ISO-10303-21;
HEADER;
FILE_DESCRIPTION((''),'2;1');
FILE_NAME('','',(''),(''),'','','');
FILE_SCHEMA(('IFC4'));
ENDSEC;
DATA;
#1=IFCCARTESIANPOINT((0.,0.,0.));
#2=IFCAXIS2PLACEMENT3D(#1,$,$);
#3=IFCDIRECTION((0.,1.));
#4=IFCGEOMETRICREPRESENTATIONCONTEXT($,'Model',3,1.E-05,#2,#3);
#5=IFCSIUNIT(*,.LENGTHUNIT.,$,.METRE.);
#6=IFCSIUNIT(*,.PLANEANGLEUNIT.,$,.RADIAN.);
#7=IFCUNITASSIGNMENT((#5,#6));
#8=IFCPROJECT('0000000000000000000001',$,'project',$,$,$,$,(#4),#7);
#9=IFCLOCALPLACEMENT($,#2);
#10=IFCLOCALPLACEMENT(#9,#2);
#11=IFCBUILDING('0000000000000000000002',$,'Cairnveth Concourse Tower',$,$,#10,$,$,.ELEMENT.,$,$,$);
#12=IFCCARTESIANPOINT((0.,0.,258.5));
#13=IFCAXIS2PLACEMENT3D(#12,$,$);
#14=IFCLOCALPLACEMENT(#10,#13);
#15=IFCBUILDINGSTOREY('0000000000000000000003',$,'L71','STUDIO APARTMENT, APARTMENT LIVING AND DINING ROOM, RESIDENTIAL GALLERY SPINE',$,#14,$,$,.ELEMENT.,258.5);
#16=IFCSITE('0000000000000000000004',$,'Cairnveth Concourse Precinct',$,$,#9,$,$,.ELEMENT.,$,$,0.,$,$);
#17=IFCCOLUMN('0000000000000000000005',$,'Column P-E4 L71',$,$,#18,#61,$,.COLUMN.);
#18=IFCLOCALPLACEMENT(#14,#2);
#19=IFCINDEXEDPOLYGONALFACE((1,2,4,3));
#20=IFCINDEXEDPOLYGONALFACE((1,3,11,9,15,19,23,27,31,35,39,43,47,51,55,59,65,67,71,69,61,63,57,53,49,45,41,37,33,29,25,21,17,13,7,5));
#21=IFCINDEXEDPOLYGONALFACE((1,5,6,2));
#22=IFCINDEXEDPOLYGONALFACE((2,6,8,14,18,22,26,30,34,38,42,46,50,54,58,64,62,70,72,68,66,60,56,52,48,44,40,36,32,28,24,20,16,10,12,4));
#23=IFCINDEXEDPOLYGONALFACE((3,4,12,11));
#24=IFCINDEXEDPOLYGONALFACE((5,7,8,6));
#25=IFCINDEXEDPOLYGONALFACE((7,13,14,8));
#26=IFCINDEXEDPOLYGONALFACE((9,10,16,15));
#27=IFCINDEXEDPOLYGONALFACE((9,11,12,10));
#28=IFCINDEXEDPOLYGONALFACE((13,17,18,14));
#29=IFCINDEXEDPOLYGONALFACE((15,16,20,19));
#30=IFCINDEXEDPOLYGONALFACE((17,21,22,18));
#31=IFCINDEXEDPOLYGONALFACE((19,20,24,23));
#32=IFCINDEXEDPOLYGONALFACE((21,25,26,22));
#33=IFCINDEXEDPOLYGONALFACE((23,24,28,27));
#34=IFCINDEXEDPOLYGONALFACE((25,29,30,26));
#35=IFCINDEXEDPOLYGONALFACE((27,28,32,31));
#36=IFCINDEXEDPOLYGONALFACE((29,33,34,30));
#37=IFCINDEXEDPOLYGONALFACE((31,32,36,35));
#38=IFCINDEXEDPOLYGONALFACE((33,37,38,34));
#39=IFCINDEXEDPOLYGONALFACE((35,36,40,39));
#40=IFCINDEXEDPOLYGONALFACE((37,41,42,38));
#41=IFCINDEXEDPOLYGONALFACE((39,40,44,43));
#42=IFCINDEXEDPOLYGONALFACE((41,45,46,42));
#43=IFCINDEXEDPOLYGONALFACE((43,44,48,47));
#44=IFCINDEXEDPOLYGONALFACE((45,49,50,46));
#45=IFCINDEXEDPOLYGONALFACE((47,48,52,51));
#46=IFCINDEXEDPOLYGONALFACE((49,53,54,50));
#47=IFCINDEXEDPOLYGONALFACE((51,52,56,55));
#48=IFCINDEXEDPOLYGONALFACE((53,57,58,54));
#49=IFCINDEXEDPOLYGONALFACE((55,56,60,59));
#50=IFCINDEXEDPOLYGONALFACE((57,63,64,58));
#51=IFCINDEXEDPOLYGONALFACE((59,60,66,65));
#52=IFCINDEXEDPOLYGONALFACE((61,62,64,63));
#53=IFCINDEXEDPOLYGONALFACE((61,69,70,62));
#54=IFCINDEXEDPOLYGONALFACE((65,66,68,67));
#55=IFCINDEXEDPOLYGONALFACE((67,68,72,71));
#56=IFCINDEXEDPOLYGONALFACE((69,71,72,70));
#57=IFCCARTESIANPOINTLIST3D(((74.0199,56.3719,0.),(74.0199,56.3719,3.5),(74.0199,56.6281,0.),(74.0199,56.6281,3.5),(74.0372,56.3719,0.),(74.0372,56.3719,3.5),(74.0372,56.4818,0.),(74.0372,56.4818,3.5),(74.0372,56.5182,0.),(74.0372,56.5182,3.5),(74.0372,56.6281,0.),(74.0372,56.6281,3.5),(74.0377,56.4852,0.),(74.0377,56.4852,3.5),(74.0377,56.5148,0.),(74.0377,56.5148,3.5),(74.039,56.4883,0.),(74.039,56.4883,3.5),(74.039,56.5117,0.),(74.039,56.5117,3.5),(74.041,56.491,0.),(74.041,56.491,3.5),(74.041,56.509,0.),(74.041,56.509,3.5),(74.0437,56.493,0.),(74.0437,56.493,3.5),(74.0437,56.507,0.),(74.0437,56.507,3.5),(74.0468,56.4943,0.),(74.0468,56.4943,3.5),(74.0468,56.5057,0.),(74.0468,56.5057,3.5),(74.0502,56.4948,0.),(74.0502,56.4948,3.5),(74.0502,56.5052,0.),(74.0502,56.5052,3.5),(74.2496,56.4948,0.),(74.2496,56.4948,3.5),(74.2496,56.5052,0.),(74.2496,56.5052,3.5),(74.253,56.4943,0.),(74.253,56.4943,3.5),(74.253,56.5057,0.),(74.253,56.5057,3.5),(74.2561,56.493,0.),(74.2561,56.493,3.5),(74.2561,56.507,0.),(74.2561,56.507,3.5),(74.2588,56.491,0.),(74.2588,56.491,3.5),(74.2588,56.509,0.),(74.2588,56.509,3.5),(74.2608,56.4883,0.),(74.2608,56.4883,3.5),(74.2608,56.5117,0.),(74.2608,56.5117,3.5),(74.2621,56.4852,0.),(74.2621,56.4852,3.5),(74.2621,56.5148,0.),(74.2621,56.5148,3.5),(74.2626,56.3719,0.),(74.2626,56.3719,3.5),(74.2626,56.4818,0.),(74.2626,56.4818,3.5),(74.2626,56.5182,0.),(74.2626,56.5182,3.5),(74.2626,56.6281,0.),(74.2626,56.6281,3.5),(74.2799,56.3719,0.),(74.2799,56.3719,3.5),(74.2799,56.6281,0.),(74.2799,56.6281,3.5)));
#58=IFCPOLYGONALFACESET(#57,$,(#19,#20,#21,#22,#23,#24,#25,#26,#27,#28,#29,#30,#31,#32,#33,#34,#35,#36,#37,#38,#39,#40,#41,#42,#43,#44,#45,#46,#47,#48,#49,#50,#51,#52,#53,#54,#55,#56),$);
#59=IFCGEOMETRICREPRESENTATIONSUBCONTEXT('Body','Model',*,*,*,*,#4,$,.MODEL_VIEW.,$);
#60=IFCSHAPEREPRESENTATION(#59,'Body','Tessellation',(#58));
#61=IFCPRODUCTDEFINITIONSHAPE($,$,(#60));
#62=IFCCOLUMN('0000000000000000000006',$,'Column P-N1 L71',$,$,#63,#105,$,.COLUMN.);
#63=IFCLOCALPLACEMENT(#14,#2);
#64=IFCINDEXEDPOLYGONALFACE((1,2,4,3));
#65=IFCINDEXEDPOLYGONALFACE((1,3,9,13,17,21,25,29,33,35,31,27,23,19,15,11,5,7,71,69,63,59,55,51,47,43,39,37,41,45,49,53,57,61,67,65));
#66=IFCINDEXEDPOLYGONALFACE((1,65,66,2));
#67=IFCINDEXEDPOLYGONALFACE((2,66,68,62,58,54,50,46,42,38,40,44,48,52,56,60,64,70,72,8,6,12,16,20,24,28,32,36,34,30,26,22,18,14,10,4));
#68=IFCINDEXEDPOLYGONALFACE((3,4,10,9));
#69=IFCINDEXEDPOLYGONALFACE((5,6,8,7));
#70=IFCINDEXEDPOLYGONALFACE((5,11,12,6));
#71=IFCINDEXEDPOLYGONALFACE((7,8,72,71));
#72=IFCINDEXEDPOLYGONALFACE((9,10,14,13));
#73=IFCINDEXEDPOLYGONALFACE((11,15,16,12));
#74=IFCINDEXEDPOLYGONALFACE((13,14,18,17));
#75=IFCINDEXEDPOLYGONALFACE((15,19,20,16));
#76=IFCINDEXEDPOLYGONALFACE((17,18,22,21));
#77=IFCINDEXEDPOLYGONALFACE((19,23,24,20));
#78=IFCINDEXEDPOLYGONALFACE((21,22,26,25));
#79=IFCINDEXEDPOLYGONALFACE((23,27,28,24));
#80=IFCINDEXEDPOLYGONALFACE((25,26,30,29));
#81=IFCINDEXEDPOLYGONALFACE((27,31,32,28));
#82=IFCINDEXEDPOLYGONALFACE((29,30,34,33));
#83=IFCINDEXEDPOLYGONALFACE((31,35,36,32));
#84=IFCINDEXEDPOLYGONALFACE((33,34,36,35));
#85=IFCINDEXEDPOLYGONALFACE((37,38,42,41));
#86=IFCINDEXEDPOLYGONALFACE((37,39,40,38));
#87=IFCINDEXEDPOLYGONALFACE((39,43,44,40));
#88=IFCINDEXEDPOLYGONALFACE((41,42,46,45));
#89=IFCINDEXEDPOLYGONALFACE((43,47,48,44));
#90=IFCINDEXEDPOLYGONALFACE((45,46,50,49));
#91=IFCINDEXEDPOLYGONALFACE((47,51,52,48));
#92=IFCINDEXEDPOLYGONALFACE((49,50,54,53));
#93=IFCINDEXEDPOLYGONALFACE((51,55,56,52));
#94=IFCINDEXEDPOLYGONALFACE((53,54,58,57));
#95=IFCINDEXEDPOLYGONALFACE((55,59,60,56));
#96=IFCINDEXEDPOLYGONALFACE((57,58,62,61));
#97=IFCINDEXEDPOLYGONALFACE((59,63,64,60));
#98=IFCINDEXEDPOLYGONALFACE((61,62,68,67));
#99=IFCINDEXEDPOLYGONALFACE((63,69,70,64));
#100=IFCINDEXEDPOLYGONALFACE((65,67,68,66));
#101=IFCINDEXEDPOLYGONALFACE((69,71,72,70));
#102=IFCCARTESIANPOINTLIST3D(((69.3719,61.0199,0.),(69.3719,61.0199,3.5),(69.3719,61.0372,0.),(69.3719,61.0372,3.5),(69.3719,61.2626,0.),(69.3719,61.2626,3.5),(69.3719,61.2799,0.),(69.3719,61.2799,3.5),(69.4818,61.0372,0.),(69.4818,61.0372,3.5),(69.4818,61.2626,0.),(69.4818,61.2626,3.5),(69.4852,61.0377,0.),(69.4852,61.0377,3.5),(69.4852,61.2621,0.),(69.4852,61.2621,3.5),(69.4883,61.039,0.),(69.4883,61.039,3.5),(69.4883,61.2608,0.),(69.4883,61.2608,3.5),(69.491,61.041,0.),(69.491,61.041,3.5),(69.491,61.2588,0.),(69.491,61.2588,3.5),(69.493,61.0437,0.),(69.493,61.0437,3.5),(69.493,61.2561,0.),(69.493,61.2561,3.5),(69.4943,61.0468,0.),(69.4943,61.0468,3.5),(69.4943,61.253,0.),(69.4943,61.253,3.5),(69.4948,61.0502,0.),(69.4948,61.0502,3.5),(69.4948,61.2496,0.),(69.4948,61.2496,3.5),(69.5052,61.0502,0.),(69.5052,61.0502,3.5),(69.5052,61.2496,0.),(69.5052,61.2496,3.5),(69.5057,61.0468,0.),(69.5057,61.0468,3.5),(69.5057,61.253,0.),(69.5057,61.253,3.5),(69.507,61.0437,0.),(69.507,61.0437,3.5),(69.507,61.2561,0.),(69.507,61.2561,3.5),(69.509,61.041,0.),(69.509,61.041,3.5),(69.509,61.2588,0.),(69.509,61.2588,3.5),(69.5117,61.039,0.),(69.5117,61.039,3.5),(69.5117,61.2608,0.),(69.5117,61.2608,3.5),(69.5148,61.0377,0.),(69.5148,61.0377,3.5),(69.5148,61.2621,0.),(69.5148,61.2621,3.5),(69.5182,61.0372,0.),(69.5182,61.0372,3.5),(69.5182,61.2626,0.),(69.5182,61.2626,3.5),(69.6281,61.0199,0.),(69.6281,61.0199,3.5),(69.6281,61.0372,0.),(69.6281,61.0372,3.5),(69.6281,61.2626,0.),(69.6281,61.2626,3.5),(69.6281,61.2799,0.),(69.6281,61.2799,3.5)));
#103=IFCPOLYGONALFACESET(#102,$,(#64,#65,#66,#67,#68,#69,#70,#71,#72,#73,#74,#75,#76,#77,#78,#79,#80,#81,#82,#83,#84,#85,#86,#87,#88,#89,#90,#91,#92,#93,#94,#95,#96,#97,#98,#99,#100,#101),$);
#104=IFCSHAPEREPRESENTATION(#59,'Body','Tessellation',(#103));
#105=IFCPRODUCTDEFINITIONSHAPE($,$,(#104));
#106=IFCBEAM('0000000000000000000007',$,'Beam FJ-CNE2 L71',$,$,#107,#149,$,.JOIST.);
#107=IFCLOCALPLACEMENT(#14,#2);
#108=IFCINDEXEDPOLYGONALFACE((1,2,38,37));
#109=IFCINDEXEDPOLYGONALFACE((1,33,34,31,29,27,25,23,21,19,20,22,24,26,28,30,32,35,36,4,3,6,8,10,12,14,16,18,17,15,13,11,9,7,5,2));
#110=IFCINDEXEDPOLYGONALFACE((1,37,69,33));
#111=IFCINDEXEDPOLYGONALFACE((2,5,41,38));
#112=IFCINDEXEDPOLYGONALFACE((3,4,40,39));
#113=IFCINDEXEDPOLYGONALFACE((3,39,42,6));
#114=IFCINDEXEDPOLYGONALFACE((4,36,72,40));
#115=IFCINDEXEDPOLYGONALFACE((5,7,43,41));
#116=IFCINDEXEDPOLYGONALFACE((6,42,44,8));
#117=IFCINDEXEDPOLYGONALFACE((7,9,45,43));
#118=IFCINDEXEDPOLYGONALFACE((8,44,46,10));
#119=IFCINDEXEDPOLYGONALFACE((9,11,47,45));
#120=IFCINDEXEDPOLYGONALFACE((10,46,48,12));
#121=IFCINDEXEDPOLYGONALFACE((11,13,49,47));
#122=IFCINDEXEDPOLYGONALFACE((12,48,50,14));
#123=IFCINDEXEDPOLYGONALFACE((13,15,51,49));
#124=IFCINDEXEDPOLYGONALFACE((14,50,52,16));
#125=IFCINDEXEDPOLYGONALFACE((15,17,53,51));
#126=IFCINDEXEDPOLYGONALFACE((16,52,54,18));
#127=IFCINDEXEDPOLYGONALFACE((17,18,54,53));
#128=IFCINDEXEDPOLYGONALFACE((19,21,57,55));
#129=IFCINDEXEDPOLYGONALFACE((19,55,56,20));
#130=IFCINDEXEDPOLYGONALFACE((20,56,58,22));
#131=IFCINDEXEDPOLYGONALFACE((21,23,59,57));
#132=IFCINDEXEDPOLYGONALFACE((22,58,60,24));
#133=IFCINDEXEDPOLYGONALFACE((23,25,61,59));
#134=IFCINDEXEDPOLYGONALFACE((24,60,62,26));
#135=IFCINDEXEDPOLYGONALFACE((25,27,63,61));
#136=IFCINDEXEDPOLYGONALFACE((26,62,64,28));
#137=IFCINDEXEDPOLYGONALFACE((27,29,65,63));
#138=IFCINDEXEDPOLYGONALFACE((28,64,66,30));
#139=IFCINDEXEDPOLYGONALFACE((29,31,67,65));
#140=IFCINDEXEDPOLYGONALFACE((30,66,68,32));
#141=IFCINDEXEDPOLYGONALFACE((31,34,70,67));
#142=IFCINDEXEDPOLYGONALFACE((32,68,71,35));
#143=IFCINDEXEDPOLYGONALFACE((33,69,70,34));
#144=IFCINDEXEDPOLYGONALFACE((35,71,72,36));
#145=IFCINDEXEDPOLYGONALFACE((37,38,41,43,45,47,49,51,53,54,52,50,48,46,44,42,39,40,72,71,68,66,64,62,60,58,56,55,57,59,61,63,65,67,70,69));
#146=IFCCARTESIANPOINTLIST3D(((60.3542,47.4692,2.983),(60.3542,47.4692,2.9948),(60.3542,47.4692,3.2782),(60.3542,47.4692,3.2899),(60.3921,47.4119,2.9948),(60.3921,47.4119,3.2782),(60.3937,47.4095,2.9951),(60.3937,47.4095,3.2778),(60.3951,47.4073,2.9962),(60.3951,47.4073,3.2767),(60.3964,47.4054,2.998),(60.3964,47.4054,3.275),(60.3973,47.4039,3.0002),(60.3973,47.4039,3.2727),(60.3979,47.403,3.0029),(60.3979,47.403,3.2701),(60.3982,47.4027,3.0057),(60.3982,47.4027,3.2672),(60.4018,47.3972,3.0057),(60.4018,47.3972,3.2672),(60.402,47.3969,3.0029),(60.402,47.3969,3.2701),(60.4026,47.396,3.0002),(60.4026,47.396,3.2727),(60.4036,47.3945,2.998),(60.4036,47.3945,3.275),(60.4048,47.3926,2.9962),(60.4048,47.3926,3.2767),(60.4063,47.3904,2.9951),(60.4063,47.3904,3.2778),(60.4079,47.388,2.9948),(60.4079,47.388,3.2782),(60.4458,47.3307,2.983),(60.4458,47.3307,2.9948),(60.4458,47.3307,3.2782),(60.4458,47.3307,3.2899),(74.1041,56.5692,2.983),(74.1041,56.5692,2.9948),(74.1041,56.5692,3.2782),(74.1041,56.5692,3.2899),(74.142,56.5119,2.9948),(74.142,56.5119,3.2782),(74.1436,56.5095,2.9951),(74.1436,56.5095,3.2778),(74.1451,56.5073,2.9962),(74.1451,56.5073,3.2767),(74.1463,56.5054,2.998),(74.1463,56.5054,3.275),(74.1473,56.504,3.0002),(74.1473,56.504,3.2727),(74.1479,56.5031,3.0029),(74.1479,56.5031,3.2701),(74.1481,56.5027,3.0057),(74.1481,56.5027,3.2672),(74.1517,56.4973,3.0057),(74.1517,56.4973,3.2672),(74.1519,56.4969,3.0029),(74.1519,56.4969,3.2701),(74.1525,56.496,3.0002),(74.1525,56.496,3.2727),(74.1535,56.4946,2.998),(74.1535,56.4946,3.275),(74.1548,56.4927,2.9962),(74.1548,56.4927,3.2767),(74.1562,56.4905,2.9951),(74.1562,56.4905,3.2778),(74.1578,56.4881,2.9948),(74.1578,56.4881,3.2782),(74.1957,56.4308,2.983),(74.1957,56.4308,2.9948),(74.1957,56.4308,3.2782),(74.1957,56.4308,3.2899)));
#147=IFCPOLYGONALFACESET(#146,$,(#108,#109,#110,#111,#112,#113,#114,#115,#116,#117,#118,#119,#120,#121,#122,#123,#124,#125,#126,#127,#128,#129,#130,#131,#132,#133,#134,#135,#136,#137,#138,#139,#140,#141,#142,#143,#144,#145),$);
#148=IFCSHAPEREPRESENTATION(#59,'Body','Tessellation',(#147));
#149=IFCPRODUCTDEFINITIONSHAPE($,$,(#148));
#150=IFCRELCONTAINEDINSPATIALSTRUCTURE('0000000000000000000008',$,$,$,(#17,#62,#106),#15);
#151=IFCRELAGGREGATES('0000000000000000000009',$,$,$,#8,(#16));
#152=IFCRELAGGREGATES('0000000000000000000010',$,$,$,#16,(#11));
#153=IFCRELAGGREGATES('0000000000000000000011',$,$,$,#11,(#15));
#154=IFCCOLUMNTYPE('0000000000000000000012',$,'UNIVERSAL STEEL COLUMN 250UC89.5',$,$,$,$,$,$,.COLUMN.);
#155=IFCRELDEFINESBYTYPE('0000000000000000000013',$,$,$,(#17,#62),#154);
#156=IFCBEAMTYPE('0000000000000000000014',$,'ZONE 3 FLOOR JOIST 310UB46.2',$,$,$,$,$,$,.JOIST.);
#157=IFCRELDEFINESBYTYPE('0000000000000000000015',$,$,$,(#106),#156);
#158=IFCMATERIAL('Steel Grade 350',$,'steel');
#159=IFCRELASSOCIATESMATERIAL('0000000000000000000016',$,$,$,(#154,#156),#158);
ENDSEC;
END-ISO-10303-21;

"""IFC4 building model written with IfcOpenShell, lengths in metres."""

from ifc_helpers import new_model, si_unit, direction, frame, origin, origin_2d, place, context, subcontext, project, spatial, i_section, extrude, material, material_profile, profile_set, type_object, element, save


model = new_model("IFC4")

# Units and contexts
model_context = context("Model", 3, precision=1e-05, world=origin(), true_north=direction((0.0, 1.0)))
body_context = subcontext(model_context, "Body", "Model", "MODEL_VIEW")
ifc_project = project(units=[si_unit("LENGTHUNIT", "METRE"), si_unit("PLANEANGLEUNIT", "RADIAN")], contexts=[model_context])

# Site, building, storey
site_placement = place(None, origin())
site = spatial("IfcSite", under=ifc_project, at=site_placement, Name="Cairnveth Concourse Precinct", CompositionType="ELEMENT", RefElevation=0.0)
building_placement = place(site_placement, origin())
building = spatial("IfcBuilding", under=site, at=building_placement, Name="Cairnveth Concourse Tower", CompositionType="ELEMENT")
storey_placement = place(building_placement, frame((0.0, 0.0, 258.5)))
storey = spatial("IfcBuildingStorey", under=building, at=storey_placement, Name="L71", Description="STUDIO APARTMENT, APARTMENT LIVING AND DINING ROOM, RESIDENTIAL GALLERY SPINE", CompositionType="ELEMENT", Elevation=258.5)

# Columns
ifc_material_1 = material(Name="Steel Grade 350", Category="steel")
ifc_material_profile_1 = material_profile(ifc_material_1, i_section(OverallWidth=0.2561, OverallDepth=0.26, WebThickness=0.0105, FlangeThickness=0.0173, FilletRadius=0.0129, at=origin_2d()), Name="250UC89.5")
ifc_profile_set_1 = profile_set([ifc_material_profile_1], Name="Steel Grade 350")
column_type = type_object("IfcColumnType", Name="UNIVERSAL STEEL COLUMN 250UC89.5", PredefinedType="COLUMN", material=ifc_profile_set_1)
for number, where, z_axis, x_axis, name in (
    (1, (74.1499, 56.5, 0.0), (0.0, 0.0, 1.0), (0.0, 1.0, 0.0), "Column P-E4 L71"),
    (2, (69.5, 61.1499, 0.0), (0.0, 0.0, 1.0), (1.0, 0.0, 0.0), "Column P-N1 L71"),
):
    element("IfcColumn", number, at=place(storey_placement, frame(where, z_axis=z_axis, x_axis=x_axis)), inside=storey, type_object=column_type, Name=name, PredefinedType="COLUMN", context=body_context, shape_type="SweptSolid", body=[
        extrude(i_section(OverallWidth=0.2561, OverallDepth=0.26, WebThickness=0.0105, FlangeThickness=0.0173, FilletRadius=0.0129, at=origin_2d()), origin(), (0.0, 0.0, 1.0), 3.5),
    ])

# Beam
ifc_material_profile_2 = material_profile(ifc_material_1, i_section(OverallWidth=0.166, OverallDepth=0.3069, WebThickness=0.0066, FlangeThickness=0.0117, FilletRadius=0.011, at=origin_2d()), Name="310UB46.2")
ifc_profile_set_2 = profile_set([ifc_material_profile_2], Name="Steel Grade 350")
beam_type_1 = type_object("IfcBeamType", Name="ZONE 3 FLOOR JOIST 310UB46.2", PredefinedType="JOIST", material=ifc_profile_set_2)
beam_1_placement = place(storey_placement, frame((74.1499, 56.5, 3.1365), z_axis=(-0.833909, -0.551902, 0.0), x_axis=(0.551902, -0.833909, 0.0)))
element("IfcBeam", 3, at=beam_1_placement, inside=storey, type_object=beam_type_1, Name="Beam FJ-CNE2 L71", PredefinedType="JOIST", context=body_context, shape_type="SweptSolid", body=[
    extrude(i_section(OverallWidth=0.166, OverallDepth=0.3069, WebThickness=0.0066, FlangeThickness=0.0117, FilletRadius=0.011, at=origin_2d()), origin(), (0.0, 0.0, 1.0), 16.4885),
])

save(model, "model.ifc")
